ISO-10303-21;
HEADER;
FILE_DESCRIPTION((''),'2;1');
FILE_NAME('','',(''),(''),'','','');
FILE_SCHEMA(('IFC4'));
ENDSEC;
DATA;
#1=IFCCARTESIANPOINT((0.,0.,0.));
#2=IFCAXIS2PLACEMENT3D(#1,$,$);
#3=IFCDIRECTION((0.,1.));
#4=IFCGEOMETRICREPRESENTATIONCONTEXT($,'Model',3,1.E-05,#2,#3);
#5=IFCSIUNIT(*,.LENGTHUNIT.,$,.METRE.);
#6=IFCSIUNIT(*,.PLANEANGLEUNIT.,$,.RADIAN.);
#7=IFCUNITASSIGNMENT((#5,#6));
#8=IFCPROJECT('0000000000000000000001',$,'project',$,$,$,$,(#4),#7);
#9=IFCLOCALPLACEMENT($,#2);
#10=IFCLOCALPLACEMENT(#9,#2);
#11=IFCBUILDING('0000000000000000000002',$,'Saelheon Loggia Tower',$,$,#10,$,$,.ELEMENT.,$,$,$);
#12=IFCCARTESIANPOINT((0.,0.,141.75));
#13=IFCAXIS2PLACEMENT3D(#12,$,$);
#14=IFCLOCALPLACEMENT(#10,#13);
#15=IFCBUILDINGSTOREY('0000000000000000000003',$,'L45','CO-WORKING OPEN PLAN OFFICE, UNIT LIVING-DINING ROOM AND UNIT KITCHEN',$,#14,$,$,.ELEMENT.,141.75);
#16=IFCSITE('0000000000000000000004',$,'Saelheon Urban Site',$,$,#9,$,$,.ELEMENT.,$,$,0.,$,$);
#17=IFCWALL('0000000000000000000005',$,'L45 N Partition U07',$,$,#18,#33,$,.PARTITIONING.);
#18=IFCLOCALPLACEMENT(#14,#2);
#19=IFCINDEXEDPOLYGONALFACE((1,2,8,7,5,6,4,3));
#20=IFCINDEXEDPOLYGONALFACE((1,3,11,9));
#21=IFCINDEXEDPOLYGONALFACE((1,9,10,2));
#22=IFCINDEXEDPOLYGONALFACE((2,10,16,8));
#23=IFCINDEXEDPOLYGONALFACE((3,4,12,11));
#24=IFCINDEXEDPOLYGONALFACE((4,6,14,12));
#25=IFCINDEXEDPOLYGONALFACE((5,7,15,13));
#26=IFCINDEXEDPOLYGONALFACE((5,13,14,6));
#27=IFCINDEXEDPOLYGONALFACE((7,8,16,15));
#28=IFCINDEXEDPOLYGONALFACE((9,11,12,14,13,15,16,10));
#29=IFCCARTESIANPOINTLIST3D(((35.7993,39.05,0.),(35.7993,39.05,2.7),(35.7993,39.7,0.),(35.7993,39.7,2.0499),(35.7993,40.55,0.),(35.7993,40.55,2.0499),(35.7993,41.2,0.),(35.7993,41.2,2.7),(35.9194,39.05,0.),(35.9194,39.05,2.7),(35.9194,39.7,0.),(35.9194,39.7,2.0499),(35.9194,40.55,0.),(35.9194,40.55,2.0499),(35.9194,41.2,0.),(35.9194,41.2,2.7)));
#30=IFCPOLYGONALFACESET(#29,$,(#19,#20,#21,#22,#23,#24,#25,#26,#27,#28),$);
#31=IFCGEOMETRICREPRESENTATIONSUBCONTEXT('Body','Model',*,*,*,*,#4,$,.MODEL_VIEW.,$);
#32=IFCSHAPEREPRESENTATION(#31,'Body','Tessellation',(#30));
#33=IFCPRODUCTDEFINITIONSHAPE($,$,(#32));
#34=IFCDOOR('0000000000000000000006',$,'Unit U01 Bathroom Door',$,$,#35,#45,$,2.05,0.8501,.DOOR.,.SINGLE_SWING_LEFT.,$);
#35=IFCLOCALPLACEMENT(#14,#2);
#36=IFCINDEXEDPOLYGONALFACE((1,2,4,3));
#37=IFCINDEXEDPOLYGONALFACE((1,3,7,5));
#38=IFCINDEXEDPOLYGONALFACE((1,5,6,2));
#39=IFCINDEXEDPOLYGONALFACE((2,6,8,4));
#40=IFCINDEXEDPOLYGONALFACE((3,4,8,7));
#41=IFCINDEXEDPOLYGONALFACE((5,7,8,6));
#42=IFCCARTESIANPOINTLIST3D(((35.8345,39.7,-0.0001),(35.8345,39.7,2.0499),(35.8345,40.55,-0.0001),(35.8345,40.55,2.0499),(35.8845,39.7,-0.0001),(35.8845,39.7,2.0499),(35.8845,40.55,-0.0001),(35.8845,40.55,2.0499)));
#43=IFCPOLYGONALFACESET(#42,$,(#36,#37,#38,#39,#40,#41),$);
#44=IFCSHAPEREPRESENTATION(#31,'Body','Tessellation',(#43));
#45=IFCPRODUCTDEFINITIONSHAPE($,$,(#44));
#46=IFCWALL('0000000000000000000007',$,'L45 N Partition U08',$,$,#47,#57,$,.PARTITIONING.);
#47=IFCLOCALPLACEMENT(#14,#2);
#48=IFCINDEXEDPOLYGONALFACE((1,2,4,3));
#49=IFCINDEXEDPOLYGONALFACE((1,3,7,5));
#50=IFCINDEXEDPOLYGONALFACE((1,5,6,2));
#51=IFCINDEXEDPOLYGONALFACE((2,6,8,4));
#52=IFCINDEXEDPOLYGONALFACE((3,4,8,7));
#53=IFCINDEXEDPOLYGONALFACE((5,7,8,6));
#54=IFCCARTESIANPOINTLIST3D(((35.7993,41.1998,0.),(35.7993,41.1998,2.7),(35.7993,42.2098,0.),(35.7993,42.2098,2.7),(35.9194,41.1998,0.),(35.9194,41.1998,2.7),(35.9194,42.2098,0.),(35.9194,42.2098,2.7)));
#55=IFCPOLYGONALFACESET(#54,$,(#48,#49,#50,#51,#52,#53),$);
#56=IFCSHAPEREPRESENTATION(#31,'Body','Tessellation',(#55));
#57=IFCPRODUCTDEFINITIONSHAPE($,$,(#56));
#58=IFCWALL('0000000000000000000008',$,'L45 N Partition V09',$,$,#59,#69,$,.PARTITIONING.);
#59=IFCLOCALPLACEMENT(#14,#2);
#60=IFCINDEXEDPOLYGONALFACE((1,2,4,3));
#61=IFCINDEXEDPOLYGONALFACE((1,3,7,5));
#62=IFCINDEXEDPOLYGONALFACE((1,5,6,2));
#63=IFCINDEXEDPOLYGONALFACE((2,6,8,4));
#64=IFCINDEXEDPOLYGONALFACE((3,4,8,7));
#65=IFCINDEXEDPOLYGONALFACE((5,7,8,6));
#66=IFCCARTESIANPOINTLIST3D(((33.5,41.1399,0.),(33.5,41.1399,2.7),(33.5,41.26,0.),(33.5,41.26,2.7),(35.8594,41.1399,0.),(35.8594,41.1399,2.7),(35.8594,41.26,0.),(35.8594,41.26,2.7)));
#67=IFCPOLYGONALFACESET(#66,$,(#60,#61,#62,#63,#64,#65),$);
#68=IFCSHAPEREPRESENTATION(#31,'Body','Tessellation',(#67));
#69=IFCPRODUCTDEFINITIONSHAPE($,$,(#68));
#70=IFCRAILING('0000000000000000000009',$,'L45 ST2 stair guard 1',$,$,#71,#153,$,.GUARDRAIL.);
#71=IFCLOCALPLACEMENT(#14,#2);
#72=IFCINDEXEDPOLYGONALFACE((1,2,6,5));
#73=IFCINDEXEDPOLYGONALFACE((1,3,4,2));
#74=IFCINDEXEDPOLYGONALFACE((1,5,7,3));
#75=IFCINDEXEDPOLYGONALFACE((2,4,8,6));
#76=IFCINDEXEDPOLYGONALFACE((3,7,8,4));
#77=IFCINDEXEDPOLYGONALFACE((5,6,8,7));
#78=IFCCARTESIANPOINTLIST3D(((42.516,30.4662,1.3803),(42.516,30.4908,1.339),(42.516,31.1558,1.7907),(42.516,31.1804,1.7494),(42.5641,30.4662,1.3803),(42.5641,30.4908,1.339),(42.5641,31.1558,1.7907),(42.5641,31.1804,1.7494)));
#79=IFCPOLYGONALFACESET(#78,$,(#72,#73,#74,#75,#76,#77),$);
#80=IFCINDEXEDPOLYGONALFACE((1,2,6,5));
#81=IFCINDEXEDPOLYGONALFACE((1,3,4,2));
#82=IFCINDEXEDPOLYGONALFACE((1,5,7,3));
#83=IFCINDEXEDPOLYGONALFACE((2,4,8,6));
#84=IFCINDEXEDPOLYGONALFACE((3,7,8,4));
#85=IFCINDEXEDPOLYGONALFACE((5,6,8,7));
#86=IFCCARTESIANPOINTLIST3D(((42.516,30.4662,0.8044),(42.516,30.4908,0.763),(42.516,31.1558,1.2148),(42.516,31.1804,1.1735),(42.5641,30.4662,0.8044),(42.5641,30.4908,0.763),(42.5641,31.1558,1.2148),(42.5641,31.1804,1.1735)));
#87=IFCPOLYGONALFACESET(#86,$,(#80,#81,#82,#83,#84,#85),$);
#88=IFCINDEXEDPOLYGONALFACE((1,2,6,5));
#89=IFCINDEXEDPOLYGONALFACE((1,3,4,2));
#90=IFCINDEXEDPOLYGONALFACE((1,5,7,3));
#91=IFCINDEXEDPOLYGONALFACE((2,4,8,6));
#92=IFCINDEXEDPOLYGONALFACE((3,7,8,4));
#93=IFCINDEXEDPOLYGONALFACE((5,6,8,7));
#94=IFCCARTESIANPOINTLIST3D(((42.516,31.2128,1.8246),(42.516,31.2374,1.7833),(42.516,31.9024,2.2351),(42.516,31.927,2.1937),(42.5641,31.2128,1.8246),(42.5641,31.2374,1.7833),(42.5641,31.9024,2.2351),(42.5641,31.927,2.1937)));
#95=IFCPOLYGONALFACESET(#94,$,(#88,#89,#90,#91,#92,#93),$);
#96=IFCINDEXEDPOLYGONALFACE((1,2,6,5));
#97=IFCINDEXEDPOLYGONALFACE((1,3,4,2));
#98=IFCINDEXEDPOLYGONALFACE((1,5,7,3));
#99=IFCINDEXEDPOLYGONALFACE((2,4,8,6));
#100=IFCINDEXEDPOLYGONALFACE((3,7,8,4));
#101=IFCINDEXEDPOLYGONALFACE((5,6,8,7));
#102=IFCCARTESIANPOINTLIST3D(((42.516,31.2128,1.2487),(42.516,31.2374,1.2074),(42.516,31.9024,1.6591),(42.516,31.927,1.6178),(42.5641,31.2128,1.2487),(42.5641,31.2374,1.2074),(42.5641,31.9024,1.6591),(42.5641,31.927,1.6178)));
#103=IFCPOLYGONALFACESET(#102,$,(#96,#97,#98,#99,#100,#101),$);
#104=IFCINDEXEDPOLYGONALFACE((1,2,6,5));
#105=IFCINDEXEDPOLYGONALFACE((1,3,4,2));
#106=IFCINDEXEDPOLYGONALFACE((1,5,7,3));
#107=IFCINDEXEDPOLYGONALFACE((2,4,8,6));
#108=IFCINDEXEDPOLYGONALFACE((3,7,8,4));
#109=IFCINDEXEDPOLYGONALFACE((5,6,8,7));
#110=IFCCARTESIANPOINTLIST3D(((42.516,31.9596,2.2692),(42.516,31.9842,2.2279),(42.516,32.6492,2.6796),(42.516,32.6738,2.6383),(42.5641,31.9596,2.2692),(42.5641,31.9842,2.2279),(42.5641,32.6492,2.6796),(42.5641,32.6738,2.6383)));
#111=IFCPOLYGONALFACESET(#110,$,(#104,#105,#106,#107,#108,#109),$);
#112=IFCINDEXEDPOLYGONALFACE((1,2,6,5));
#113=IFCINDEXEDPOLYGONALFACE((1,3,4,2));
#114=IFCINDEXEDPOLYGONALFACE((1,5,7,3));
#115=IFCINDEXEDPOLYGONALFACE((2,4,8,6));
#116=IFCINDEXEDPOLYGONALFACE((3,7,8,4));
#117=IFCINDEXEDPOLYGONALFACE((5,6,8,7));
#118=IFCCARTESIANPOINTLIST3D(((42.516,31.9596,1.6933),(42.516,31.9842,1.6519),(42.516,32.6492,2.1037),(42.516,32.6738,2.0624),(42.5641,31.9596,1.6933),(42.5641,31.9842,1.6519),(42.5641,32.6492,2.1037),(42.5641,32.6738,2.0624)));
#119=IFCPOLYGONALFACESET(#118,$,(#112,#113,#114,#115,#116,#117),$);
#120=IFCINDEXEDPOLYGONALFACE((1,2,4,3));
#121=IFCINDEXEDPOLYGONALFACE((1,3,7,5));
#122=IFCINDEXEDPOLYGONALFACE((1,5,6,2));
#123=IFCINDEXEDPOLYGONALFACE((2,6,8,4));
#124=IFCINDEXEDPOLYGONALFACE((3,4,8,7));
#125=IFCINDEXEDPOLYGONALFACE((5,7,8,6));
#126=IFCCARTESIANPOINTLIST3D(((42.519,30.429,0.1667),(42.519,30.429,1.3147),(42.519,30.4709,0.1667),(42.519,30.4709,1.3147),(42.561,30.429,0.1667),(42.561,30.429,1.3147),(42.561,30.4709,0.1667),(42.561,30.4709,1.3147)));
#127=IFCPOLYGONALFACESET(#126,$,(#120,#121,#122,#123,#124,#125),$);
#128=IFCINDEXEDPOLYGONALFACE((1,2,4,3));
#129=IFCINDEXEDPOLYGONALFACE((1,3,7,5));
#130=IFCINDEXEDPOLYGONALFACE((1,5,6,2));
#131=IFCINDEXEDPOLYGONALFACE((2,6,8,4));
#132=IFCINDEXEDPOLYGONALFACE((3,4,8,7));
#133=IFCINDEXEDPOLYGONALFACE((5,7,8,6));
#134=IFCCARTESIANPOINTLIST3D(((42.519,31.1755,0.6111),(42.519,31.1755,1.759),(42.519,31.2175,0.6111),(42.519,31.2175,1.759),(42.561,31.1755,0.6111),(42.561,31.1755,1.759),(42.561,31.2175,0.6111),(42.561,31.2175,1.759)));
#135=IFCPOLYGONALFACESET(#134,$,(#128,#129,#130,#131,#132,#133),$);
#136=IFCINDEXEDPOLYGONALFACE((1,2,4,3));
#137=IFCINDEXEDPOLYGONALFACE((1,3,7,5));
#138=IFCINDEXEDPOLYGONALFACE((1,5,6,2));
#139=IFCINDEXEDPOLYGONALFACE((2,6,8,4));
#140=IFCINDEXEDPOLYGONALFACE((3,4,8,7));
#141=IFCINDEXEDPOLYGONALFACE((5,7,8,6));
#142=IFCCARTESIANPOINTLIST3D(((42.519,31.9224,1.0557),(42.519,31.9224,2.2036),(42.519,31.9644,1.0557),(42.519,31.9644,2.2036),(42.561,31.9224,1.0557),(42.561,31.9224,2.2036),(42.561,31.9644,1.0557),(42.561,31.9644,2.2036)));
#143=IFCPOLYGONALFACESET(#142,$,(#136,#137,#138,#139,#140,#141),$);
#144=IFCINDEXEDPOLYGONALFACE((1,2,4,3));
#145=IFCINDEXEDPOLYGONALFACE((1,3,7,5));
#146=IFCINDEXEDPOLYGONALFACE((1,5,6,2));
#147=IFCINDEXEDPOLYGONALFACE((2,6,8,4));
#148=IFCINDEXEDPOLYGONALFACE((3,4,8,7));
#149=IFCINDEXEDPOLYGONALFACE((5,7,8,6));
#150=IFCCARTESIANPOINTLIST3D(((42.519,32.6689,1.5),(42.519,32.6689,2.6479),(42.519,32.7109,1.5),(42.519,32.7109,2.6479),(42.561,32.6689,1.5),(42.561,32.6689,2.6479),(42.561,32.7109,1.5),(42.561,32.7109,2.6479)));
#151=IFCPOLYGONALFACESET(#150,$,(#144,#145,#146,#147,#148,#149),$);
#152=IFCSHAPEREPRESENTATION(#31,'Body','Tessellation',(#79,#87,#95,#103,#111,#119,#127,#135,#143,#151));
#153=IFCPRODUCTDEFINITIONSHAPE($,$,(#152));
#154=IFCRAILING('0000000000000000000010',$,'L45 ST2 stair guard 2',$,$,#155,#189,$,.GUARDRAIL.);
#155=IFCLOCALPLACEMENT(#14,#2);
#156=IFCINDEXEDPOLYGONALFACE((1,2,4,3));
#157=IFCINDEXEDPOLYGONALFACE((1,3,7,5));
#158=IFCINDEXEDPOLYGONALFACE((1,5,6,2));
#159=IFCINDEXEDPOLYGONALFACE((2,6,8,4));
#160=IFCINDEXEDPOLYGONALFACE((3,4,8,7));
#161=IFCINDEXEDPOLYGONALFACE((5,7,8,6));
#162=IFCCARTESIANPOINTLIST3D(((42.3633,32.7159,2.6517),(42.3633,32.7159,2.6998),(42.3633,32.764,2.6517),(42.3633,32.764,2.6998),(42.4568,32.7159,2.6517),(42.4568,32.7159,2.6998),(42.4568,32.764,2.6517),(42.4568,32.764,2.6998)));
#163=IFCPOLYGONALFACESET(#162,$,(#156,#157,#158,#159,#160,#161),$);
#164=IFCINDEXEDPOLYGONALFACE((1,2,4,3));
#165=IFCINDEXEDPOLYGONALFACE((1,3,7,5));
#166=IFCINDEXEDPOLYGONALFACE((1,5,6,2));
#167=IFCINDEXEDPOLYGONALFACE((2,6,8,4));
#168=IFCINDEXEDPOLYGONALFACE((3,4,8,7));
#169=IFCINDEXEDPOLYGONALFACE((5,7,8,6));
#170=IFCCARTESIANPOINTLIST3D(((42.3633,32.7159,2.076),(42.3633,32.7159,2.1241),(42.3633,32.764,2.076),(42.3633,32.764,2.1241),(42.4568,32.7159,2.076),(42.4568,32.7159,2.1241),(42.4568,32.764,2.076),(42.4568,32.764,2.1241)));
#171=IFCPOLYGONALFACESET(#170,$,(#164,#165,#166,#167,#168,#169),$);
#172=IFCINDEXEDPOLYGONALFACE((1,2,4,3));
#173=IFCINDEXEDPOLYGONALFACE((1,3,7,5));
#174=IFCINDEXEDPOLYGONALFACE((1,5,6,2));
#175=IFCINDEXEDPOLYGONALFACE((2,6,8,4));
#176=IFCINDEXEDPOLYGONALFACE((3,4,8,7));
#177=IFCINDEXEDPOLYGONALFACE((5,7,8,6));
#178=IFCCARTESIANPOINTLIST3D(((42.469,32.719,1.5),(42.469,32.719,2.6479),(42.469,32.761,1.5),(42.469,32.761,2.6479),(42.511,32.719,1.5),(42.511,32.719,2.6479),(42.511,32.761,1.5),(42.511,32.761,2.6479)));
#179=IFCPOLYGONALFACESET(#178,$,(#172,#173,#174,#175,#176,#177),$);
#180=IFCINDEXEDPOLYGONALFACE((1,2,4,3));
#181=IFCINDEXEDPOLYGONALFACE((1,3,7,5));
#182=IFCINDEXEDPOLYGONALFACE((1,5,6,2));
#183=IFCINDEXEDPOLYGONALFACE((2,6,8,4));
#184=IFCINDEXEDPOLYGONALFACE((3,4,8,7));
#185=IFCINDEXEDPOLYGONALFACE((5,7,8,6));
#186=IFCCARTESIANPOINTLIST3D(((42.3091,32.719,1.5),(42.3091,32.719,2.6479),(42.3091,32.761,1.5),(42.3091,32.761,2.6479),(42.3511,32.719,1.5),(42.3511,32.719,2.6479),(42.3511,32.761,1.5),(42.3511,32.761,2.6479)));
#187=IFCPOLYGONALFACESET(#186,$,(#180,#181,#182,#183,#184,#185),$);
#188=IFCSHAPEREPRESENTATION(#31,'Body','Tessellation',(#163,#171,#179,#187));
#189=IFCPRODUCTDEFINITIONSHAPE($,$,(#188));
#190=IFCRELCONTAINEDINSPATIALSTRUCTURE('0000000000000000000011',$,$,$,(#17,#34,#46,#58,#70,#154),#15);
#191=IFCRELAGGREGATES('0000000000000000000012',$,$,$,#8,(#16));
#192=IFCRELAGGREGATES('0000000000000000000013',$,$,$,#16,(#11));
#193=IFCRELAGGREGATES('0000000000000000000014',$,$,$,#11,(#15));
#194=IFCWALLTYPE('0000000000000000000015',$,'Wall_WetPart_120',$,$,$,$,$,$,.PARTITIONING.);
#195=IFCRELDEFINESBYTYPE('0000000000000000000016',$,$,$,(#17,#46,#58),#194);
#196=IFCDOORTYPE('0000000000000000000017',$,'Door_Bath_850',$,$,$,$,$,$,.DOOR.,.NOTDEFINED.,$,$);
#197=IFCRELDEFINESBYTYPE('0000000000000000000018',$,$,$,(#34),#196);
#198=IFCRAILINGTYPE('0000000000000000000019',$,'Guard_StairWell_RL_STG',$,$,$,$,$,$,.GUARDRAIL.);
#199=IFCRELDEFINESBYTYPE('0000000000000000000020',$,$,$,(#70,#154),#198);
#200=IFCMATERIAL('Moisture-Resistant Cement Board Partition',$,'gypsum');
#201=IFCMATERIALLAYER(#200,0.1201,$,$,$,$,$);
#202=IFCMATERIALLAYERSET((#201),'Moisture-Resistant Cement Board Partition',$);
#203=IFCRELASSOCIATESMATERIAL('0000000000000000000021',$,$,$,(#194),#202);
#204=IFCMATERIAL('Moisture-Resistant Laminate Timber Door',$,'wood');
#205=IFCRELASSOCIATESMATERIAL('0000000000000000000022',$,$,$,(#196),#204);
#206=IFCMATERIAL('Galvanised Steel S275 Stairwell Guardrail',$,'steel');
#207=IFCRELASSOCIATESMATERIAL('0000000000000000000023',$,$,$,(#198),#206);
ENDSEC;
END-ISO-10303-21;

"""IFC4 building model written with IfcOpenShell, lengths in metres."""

from ifc_helpers import new_model, si_unit, direction, frame, frame_2d, origin, origin_2d, place, context, subcontext, project, spatial, rectangle, extrude, source, transform, mapped, material, layer, layer_set, type_object, element, fill, save


model = new_model("IFC4")

# Units and contexts
model_context = context("Model", 3, precision=1e-05, world=origin(), true_north=direction((0.0, 1.0)))
body_context = subcontext(model_context, "Body", "Model", "MODEL_VIEW")
ifc_project = project(units=[si_unit("LENGTHUNIT", "METRE"), si_unit("PLANEANGLEUNIT", "RADIAN")], contexts=[model_context])

# Site, building, storey
site_placement = place(None, origin())
site = spatial("IfcSite", under=ifc_project, at=site_placement, Name="Saelheon Urban Site", CompositionType="ELEMENT", RefElevation=0.0)
building_placement = place(site_placement, origin())
building = spatial("IfcBuilding", under=site, at=building_placement, Name="Saelheon Loggia Tower", CompositionType="ELEMENT")
storey_placement = place(building_placement, frame((0.0, 0.0, 141.75)))
storey = spatial("IfcBuildingStorey", under=building, at=storey_placement, Name="L45", Description="CO-WORKING OPEN PLAN OFFICE, UNIT LIVING-DINING ROOM AND UNIT KITCHEN", CompositionType="ELEMENT", Elevation=141.75)

# Wall, opening, door
ifc_material_1 = material(Name="Moisture-Resistant Cement Board Partition", Category="gypsum")
ifc_layer_1 = layer(ifc_material_1, 0.1201)
ifc_layer_set_1 = layer_set([ifc_layer_1], Name="Moisture-Resistant Cement Board Partition")
wall_type_1 = type_object("IfcWallType", Name="Wall_WetPart_120", PredefinedType="PARTITIONING", material=ifc_layer_set_1)
wall_1_placement = place(storey_placement, frame((35.8594, 39.05, 0.0), z_axis=(0.0, 0.0, 1.0), x_axis=(0.0, 1.0, 0.0)))
wall_1 = element("IfcWall", 1, at=wall_1_placement, inside=storey, type_object=wall_type_1, Name="L45 N Partition U07", PredefinedType="PARTITIONING", context=body_context, shape_type="SweptSolid", body=[
    extrude(rectangle(XDim=2.1499, YDim=0.1201, at=frame_2d((1.075, 0.0))), origin(), (0.0, 0.0, 1.0), 2.7),
])
opening_1_placement = place(wall_1_placement, frame((0.6499, 0.0, 0.0)))
opening_1 = element("IfcOpeningElement", 2, at=opening_1_placement, cuts=wall_1, PredefinedType="OPENING", context=body_context, shape_type="SweptSolid", body=[
    extrude(rectangle(XDim=0.8501, YDim=2.05, at=frame_2d((0.425, 1.0249))), frame((0.0, 0.072, 0.0), z_axis=(0.0, -1.0, 0.0), x_axis=(1.0, 0.0, 0.0)), (0.0, 0.0, 1.0), 0.144),
])
ifc_material_2 = material(Name="Moisture-Resistant Laminate Timber Door", Category="wood")
door_type_1 = type_object("IfcDoorType", Name="Door_Bath_850", OperationType="NOTDEFINED", PredefinedType="DOOR", material=ifc_material_2)
shared_shape_1 = source(origin(), body_context, "Body", "SweptSolid", [
    extrude(rectangle(XDim=0.8501, YDim=2.05, at=frame_2d((0.425, 1.0249))), frame((0.0, 0.0249, 0.0), z_axis=(0.0, -1.0, 0.0), x_axis=(1.0, 0.0, 0.0)), (0.0, 0.0, 1.0), 0.05),
])
door_1_placement = place(opening_1_placement, origin())
door_1 = element("IfcDoor", 3, at=door_1_placement, inside=storey, type_object=door_type_1, Name="Unit U01 Bathroom Door", OperationType="SINGLE_SWING_LEFT", OverallHeight=2.05, OverallWidth=0.8501, PredefinedType="DOOR", context=body_context, shape_type="MappedRepresentation", body=[
    mapped(shared_shape_1, transform((0.0, 0.0, 0.0), scale=1.0)),
])
fill(opening_1, door_1)

# Walls
wall_2_placement = place(storey_placement, frame((35.8594, 41.2, 0.0), z_axis=(0.0, 0.0, 1.0), x_axis=(0.0, 1.0, 0.0)))
element("IfcWall", 4, at=wall_2_placement, inside=storey, type_object=wall_type_1, Name="L45 N Partition U08", PredefinedType="PARTITIONING", context=body_context, shape_type="SweptSolid", body=[
    extrude(rectangle(XDim=1.01, YDim=0.1201, at=frame_2d((0.5049, 0.0))), origin(), (0.0, 0.0, 1.0), 2.7),
])
wall_3_placement = place(storey_placement, frame((33.5, 41.2, 0.0), z_axis=(0.0, 0.0, 1.0), x_axis=(1.0, 0.0, 0.0)))
element("IfcWall", 5, at=wall_3_placement, inside=storey, type_object=wall_type_1, Name="L45 N Partition V09", PredefinedType="PARTITIONING", context=body_context, shape_type="SweptSolid", body=[
    extrude(rectangle(XDim=2.3594, YDim=0.1201, at=frame_2d((1.1797, 0.0))), origin(), (0.0, 0.0, 1.0), 2.7),
])

# Railings
ifc_material_3 = material(Name="Galvanised Steel S275 Stairwell Guardrail", Category="steel")
railing_type_1 = type_object("IfcRailingType", Name="Guard_StairWell_RL_STG", PredefinedType="GUARDRAIL", material=ifc_material_3)
railing_1_placement = place(storey_placement, frame((42.54, 30.45, 0.1667)))
element("IfcRailing", 6, at=railing_1_placement, inside=storey, type_object=railing_type_1, Name="L45 ST2 stair guard 1", PredefinedType="GUARDRAIL", context=body_context, shape_type="SweptSolid", body=[
    extrude(rectangle(XDim=0.0481, YDim=0.0481, at=origin_2d()), frame((0.0, 0.0286, 1.1929), z_axis=(0.0, 0.859306, 0.511462), x_axis=(-1.0, 0.0, 0.0)), (0.0, 0.0, 1.0), 0.8025),
    extrude(rectangle(XDim=0.0481, YDim=0.0481, at=origin_2d()), frame((0.0, 0.0286, 0.6169), z_axis=(0.0, 0.859306, 0.511462), x_axis=(-1.0, 0.0, 0.0)), (0.0, 0.0, 1.0), 0.8025),
    extrude(rectangle(XDim=0.0481, YDim=0.0481, at=origin_2d()), frame((0.0, 0.7751, 1.6372), z_axis=(0.0, 0.859306, 0.511462), x_axis=(-1.0, 0.0, 0.0)), (0.0, 0.0, 1.0), 0.8025),
    extrude(rectangle(XDim=0.0481, YDim=0.0481, at=origin_2d()), frame((0.0, 0.7751, 1.0613), z_axis=(0.0, 0.859306, 0.511462), x_axis=(-1.0, 0.0, 0.0)), (0.0, 0.0, 1.0), 0.8025),
    extrude(rectangle(XDim=0.0481, YDim=0.0481, at=origin_2d()), frame((0.0, 1.522, 2.0818), z_axis=(0.0, 0.859306, 0.511462), x_axis=(-1.0, 0.0, 0.0)), (0.0, 0.0, 1.0), 0.8025),
    extrude(rectangle(XDim=0.0481, YDim=0.0481, at=origin_2d()), frame((0.0, 1.522, 1.5059), z_axis=(0.0, 0.859306, 0.511462), x_axis=(-1.0, 0.0, 0.0)), (0.0, 0.0, 1.0), 0.8025),
    extrude(rectangle(XDim=0.042, YDim=0.042, at=origin_2d()), origin(), (0.0, 0.0, 1.0), 1.1479),
    extrude(rectangle(XDim=0.042, YDim=0.042, at=origin_2d()), frame((0.0, 0.7466, 0.4443)), (0.0, 0.0, 1.0), 1.1479),
    extrude(rectangle(XDim=0.042, YDim=0.042, at=origin_2d()), frame((0.0, 1.4934, 0.8889)), (0.0, 0.0, 1.0), 1.1479),
    extrude(rectangle(XDim=0.042, YDim=0.042, at=origin_2d()), frame((0.0, 2.24, 1.3333)), (0.0, 0.0, 1.0), 1.1479),
])
railing_2_placement = place(storey_placement, frame((42.49, 32.74, 1.5)))
element("IfcRailing", 7, at=railing_2_placement, inside=storey, type_object=railing_type_1, Name="L45 ST2 stair guard 2", PredefinedType="GUARDRAIL", context=body_context, shape_type="SweptSolid", body=[
    extrude(rectangle(XDim=0.0481, YDim=0.0481, at=origin_2d()), frame((-0.0332, 0.0, 1.1758), z_axis=(-1.0, 0.0, 0.0), x_axis=(0.0, -1.0, 0.0)), (0.0, 0.0, 1.0), 0.0935),
    extrude(rectangle(XDim=0.0481, YDim=0.0481, at=origin_2d()), frame((-0.0332, 0.0, 0.6001), z_axis=(-1.0, 0.0, 0.0), x_axis=(0.0, -1.0, 0.0)), (0.0, 0.0, 1.0), 0.0935),
    extrude(rectangle(XDim=0.042, YDim=0.042, at=origin_2d()), origin(), (0.0, 0.0, 1.0), 1.1479),
    extrude(rectangle(XDim=0.042, YDim=0.042, at=origin_2d()), frame((-0.1599, 0.0, 0.0)), (0.0, 0.0, 1.0), 1.1479),
])

save(model, "model.ifc")
